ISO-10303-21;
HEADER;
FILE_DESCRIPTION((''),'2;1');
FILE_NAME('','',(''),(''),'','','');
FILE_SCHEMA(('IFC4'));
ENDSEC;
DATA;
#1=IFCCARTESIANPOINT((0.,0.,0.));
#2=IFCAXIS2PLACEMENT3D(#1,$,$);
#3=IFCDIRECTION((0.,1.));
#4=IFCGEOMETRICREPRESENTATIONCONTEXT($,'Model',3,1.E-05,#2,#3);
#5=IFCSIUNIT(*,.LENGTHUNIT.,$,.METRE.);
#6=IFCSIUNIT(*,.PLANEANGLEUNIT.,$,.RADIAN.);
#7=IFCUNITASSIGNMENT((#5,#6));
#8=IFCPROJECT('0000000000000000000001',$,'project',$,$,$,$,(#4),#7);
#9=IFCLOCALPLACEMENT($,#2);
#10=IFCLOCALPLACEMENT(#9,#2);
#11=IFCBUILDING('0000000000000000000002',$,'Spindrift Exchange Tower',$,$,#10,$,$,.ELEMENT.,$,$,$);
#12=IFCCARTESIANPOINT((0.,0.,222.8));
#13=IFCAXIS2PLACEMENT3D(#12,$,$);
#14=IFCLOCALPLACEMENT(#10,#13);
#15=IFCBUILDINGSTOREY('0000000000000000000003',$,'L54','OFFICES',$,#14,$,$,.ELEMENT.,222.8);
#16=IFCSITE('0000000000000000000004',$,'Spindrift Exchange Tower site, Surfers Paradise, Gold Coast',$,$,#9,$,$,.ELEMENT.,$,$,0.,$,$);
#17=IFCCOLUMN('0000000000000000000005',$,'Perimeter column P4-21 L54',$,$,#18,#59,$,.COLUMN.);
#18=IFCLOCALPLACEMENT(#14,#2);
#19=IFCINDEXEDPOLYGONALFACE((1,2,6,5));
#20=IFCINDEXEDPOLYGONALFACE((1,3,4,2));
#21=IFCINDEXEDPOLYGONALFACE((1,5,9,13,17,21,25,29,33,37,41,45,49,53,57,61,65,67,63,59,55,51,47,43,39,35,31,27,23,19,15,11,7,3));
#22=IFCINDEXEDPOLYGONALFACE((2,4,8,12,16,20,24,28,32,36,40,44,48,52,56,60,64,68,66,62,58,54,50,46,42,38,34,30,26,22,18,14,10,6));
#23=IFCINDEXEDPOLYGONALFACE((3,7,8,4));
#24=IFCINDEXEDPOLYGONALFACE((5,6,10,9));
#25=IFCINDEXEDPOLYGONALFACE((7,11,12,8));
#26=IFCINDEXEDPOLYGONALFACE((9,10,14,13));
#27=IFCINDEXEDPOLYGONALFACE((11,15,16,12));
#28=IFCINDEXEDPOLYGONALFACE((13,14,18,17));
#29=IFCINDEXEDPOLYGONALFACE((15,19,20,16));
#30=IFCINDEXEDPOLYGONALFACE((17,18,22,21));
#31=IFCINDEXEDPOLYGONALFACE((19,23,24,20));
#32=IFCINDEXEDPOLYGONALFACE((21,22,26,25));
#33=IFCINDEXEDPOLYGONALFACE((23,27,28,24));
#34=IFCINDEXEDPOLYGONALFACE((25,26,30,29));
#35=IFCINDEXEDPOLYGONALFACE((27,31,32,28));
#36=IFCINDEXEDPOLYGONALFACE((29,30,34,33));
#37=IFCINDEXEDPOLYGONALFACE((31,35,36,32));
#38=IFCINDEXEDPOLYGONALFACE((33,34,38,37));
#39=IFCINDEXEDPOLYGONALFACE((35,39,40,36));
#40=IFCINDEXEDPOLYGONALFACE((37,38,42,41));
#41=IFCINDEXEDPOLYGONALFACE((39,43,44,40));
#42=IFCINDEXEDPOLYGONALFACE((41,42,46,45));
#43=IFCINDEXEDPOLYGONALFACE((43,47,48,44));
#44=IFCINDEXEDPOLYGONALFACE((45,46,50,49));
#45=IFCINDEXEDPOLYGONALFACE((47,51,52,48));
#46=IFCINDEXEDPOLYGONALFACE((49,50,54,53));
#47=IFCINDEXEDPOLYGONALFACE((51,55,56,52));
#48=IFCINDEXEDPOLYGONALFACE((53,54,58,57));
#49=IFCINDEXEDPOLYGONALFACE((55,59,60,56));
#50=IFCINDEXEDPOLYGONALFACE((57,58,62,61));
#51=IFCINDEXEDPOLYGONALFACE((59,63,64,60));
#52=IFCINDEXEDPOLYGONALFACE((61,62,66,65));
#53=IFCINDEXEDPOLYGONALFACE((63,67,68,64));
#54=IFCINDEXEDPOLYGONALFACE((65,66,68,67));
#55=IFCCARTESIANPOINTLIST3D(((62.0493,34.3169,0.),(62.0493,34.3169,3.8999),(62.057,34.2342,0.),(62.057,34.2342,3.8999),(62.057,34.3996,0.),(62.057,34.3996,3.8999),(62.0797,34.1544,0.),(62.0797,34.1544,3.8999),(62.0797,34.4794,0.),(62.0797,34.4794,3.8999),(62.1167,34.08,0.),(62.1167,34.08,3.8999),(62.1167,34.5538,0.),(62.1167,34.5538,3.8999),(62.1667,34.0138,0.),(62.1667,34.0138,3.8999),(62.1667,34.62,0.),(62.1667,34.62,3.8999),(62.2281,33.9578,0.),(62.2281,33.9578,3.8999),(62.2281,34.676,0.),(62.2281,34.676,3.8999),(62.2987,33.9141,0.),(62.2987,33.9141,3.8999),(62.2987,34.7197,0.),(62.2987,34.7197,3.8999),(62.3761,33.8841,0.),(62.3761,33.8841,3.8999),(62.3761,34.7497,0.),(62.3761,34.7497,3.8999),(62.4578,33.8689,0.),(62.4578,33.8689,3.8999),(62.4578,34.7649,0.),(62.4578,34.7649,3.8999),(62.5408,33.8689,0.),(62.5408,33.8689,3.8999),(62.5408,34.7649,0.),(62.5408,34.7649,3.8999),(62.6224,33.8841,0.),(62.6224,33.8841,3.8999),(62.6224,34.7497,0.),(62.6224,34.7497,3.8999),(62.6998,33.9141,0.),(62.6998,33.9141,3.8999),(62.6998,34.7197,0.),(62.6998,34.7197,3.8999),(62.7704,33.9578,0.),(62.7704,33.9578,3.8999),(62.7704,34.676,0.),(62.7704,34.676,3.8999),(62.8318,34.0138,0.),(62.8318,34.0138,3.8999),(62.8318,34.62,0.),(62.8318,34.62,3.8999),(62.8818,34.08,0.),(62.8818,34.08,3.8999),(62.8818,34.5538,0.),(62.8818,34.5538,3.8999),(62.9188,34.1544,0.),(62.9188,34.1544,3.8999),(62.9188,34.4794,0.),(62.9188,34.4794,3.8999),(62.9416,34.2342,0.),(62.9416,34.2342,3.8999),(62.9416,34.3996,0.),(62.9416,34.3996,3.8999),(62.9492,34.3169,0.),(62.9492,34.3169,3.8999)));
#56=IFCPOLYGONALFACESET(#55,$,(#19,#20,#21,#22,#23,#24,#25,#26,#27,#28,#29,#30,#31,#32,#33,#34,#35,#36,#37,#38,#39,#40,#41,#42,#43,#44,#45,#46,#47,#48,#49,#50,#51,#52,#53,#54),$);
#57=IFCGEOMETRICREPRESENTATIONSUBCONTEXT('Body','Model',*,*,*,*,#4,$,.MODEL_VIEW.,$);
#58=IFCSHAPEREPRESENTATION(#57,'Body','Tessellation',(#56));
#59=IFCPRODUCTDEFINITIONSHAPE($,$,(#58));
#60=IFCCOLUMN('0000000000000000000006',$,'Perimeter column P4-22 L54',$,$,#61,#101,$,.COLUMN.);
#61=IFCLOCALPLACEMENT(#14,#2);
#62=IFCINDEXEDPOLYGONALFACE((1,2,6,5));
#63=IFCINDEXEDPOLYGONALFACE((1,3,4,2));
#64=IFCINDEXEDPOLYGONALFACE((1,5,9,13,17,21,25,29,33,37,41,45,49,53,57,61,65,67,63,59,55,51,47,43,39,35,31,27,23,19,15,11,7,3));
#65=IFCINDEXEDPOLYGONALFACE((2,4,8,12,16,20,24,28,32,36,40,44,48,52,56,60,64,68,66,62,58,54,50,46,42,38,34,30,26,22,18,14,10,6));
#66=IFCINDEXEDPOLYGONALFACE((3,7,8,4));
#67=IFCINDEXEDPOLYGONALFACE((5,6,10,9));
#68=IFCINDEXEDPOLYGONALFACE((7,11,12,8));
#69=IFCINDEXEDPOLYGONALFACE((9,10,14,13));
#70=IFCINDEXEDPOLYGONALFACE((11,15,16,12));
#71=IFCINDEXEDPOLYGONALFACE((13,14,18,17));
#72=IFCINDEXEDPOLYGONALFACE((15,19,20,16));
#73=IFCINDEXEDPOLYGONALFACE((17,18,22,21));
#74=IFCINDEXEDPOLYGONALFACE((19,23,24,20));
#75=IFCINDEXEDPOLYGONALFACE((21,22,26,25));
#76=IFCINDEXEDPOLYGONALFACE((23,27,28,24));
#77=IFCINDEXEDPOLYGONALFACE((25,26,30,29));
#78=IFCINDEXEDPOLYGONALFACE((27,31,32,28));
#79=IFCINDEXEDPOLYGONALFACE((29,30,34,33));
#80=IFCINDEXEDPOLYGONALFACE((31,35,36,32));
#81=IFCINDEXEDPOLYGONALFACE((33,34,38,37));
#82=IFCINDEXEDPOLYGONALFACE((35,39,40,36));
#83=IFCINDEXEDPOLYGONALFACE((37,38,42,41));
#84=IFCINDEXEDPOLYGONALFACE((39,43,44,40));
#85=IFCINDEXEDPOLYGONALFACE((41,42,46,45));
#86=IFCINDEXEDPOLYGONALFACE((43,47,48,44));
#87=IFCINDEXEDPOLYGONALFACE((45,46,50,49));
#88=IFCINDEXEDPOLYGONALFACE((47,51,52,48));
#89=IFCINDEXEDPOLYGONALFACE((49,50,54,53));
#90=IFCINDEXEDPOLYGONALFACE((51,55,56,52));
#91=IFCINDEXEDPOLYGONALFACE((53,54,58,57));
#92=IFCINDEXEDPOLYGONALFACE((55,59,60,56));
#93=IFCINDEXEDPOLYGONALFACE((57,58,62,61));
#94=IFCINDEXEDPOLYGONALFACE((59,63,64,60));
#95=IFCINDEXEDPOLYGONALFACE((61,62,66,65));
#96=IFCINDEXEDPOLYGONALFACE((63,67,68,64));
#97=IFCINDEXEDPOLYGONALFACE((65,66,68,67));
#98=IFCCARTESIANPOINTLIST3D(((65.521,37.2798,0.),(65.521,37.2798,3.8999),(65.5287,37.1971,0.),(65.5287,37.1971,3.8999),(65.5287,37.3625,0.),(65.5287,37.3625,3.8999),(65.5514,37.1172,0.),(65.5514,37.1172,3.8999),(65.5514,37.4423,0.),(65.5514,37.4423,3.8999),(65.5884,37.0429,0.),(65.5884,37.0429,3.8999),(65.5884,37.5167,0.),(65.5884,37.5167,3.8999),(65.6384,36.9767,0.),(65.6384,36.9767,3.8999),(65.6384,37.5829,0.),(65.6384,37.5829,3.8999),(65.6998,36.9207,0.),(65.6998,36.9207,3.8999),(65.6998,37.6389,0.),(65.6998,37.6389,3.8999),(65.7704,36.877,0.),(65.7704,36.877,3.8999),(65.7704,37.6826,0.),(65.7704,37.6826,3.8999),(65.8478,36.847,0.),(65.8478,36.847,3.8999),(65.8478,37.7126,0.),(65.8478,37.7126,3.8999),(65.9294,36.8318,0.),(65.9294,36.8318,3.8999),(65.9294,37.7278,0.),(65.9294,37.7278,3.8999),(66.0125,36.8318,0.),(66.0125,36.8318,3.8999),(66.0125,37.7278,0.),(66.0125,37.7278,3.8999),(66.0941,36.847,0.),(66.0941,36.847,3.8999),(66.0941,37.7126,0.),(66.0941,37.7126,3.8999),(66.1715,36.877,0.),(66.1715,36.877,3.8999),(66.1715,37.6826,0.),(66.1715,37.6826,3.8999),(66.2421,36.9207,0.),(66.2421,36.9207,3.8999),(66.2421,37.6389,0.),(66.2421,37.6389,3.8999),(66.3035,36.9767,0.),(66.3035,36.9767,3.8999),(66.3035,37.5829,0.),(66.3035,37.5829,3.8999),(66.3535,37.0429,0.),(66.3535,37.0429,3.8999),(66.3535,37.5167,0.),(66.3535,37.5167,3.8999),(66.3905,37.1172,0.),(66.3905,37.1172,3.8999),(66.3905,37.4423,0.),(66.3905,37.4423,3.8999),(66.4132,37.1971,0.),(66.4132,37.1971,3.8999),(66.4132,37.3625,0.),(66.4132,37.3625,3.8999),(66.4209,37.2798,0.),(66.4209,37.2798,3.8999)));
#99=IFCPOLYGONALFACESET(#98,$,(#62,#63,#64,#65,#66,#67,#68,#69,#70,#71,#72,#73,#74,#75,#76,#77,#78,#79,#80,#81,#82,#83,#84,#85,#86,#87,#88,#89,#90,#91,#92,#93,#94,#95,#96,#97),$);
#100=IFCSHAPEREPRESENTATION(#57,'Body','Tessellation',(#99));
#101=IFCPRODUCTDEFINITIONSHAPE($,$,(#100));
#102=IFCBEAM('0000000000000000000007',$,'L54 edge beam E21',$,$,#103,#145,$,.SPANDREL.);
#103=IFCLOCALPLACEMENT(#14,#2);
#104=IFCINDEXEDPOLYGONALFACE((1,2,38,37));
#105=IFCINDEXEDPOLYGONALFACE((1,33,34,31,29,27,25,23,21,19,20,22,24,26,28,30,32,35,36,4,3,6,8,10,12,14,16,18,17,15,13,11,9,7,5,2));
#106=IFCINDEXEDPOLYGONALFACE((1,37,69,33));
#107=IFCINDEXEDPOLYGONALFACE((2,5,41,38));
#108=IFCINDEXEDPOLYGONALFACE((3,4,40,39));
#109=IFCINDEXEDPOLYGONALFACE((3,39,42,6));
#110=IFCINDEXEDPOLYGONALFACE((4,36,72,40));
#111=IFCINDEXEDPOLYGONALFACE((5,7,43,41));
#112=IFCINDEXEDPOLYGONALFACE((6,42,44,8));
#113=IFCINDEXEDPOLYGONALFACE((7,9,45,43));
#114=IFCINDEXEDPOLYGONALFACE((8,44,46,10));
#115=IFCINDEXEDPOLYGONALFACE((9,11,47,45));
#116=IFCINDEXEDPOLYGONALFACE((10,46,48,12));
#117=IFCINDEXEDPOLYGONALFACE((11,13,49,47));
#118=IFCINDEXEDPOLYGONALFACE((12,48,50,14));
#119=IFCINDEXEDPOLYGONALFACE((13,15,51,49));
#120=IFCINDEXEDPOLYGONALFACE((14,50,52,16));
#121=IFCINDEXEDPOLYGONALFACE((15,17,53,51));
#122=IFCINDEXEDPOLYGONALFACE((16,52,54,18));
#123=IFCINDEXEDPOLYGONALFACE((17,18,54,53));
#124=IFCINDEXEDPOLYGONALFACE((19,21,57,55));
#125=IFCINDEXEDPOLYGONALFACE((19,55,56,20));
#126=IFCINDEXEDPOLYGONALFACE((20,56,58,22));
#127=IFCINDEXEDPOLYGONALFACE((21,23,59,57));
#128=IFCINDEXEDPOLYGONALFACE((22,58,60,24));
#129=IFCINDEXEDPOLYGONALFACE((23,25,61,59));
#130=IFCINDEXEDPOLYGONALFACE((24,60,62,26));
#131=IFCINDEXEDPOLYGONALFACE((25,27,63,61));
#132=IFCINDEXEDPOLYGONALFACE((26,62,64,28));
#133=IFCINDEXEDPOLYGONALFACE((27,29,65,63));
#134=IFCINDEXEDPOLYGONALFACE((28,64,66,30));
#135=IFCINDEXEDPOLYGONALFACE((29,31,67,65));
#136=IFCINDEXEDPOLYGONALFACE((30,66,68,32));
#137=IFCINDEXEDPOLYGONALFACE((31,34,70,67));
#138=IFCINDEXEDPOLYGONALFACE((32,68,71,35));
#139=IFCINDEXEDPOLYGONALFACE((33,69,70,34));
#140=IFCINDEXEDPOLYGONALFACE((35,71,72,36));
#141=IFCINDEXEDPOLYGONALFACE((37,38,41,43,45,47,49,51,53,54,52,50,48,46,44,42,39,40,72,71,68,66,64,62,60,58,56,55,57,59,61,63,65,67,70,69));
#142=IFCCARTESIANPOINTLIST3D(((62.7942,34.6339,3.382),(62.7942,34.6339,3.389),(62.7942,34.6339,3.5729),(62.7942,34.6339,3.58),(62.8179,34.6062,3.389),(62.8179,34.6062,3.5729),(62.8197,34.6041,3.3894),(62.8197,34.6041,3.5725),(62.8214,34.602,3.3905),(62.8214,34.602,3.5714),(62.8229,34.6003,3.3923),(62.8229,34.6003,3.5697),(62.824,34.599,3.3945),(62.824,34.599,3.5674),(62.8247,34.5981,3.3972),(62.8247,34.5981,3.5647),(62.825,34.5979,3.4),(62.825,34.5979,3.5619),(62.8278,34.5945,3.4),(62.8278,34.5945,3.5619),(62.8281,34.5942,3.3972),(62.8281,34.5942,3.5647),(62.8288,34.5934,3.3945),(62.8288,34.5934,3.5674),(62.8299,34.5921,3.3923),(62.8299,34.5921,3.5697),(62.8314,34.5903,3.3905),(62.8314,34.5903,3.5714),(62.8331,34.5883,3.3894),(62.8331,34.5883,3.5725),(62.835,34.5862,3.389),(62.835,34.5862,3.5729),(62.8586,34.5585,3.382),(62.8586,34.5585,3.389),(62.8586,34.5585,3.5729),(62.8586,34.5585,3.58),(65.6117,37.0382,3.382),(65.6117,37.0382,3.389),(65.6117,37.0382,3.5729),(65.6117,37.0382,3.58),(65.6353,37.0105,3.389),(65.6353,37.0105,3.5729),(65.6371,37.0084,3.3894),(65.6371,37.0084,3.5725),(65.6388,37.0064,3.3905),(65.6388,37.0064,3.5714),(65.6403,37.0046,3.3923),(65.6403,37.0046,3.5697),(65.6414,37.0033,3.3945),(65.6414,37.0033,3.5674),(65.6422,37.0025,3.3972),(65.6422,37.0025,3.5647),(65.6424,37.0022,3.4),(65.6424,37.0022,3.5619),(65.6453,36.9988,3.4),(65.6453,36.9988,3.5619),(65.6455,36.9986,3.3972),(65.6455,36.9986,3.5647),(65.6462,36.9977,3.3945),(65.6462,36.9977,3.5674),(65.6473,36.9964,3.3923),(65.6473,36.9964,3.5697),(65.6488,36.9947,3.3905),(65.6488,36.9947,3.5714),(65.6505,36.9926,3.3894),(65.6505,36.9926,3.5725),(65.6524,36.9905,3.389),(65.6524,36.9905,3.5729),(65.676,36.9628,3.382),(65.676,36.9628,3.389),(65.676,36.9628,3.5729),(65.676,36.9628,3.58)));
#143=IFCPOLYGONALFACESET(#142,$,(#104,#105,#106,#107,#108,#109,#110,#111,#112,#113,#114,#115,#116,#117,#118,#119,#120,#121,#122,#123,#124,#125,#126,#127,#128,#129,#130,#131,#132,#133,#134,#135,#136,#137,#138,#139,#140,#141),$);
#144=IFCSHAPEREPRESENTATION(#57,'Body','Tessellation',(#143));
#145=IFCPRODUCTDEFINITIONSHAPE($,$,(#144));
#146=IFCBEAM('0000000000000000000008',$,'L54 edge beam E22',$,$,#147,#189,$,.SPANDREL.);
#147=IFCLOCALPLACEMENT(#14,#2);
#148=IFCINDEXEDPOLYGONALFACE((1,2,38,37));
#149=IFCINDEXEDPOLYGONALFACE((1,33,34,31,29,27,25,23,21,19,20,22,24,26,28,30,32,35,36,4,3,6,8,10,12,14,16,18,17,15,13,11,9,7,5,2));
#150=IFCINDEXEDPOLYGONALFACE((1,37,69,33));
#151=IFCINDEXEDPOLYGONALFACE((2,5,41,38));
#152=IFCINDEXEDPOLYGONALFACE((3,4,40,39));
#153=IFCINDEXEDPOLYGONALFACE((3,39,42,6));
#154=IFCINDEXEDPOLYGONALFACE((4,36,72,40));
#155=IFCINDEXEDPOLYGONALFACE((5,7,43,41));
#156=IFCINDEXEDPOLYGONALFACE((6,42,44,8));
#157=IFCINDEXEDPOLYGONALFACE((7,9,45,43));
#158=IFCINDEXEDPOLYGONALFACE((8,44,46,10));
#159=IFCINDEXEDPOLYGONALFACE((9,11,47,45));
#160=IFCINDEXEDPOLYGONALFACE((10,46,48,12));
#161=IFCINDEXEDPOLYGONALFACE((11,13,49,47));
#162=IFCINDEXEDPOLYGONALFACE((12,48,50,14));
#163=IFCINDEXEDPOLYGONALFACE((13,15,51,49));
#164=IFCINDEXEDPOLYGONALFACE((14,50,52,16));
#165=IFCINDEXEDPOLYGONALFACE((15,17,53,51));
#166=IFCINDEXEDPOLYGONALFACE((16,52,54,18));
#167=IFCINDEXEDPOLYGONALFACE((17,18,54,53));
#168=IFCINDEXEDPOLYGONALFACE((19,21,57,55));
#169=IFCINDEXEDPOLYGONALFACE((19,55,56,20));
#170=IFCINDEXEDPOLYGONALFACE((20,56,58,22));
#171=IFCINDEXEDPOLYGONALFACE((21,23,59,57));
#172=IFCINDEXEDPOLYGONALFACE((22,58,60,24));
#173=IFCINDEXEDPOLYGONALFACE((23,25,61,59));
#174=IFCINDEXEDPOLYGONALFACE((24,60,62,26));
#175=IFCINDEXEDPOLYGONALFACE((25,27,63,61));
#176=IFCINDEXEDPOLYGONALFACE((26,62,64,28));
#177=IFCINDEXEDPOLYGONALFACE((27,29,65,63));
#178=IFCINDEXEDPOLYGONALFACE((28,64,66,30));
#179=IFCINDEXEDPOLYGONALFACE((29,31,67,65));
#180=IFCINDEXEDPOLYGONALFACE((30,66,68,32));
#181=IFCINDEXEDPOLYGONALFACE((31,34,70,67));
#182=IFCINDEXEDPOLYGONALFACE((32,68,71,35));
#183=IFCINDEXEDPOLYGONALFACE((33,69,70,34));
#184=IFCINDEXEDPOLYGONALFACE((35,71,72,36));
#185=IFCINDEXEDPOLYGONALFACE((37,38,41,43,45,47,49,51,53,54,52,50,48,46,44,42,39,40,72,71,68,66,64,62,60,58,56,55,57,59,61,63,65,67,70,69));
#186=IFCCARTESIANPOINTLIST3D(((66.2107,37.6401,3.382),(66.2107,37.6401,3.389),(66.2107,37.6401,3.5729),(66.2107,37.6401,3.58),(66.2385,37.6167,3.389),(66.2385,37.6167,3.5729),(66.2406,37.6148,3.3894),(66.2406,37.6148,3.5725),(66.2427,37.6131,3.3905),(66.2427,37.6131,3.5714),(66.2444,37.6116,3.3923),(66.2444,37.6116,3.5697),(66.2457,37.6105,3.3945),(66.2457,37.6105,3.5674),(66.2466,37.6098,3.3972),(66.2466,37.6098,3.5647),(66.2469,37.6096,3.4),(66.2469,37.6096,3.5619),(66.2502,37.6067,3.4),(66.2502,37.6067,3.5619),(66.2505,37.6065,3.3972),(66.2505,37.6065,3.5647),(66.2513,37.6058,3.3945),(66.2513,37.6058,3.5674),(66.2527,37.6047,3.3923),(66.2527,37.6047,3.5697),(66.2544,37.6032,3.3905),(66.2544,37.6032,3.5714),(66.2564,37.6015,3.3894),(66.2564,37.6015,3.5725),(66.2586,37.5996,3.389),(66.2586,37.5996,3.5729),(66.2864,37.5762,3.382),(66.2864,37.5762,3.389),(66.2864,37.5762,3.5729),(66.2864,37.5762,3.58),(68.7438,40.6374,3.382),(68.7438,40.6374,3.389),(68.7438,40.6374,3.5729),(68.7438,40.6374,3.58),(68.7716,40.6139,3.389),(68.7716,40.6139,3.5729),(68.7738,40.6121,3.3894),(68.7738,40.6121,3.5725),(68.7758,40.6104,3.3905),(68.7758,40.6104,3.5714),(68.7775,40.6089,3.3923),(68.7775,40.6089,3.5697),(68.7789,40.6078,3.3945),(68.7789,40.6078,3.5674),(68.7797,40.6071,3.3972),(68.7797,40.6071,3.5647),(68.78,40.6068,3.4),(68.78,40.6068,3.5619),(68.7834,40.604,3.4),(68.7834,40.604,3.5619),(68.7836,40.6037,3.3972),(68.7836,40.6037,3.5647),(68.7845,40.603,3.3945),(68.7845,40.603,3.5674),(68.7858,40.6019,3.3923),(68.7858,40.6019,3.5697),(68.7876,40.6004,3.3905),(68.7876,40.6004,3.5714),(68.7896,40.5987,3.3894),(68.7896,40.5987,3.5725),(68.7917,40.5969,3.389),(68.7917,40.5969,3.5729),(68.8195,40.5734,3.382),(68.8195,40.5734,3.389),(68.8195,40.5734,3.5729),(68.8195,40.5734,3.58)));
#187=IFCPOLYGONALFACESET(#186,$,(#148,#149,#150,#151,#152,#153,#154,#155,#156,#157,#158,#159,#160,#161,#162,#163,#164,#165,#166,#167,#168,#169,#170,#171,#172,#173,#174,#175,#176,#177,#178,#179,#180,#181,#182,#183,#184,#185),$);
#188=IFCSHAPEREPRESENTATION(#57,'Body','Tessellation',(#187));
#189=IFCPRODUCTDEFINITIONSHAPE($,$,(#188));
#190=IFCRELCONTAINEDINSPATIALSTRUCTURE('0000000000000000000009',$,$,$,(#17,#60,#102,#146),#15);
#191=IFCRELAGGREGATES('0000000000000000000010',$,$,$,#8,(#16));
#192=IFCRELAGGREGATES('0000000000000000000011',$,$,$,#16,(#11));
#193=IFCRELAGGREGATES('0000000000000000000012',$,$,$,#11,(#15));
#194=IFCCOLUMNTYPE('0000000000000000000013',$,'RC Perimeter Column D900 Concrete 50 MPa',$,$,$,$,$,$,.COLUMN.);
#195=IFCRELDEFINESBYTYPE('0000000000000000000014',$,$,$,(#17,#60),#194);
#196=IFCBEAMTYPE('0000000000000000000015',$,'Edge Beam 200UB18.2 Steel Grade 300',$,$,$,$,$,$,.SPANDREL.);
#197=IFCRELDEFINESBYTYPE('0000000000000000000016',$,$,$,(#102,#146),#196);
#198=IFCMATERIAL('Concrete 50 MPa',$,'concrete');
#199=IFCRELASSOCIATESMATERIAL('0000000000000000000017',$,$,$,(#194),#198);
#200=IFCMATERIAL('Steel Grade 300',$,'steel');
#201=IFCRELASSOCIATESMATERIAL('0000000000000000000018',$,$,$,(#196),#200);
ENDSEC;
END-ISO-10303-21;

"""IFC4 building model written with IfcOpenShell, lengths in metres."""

from ifc_helpers import new_model, si_unit, direction, frame, origin, origin_2d, place, context, subcontext, project, spatial, circle, i_section, extrude, source, transform, mapped, material, material_profile, profile_set, type_object, element, save


model = new_model("IFC4")

# Units and contexts
model_context = context("Model", 3, precision=1e-05, world=origin(), true_north=direction((0.0, 1.0)))
body_context = subcontext(model_context, "Body", "Model", "MODEL_VIEW")
ifc_project = project(units=[si_unit("LENGTHUNIT", "METRE"), si_unit("PLANEANGLEUNIT", "RADIAN")], contexts=[model_context])

# Site, building, storey
site_placement = place(None, origin())
site = spatial("IfcSite", under=ifc_project, at=site_placement, Name="Spindrift Exchange Tower site, Surfers Paradise, Gold Coast", CompositionType="ELEMENT", RefElevation=0.0)
building_placement = place(site_placement, origin())
building = spatial("IfcBuilding", under=site, at=building_placement, Name="Spindrift Exchange Tower", CompositionType="ELEMENT")
storey_placement = place(building_placement, frame((0.0, 0.0, 222.8)))
storey = spatial("IfcBuildingStorey", under=building, at=storey_placement, Name="L54", Description="OFFICES", CompositionType="ELEMENT", Elevation=222.8)

# Columns
ifc_material_1 = material(Name="Concrete 50 MPa", Category="concrete")
ifc_material_profile_1 = material_profile(ifc_material_1, circle(Radius=0.45, at=origin_2d()), Name="RC D900")
ifc_profile_set_1 = profile_set([ifc_material_profile_1], Name="Concrete 50 MPa")
column_type = type_object("IfcColumnType", Name="RC Perimeter Column D900 Concrete 50 MPa", PredefinedType="COLUMN", material=ifc_profile_set_1)
shared_shape_1 = source(origin(), body_context, "Body", "SweptSolid", [
    extrude(circle(Radius=0.45, at=origin_2d()), origin(), (0.0, 0.0, 1.0), 3.8999),
])
for number, where, z_axis, x_axis, name in (
    (1, (62.4993, 34.3169, 0.0), (0.0, 0.0, 1.0), (1.0, 0.0, 0.0), "Perimeter column P4-21 L54"),
    (2, (65.9709, 37.2798, 0.0), (0.0, 0.0, 1.0), (1.0, 0.0, 0.0), "Perimeter column P4-22 L54"),
):
    element("IfcColumn", number, at=place(storey_placement, frame(where, z_axis=z_axis, x_axis=x_axis)), inside=storey, type_object=column_type, Name=name, PredefinedType="COLUMN", context=body_context, shape_type="MappedRepresentation", body=[
        mapped(shared_shape_1, transform((0.0, 0.0, 0.0), scale=1.0)),
    ])

# Beams
ifc_material_2 = material(Name="Steel Grade 300", Category="steel")
ifc_material_profile_2 = material_profile(ifc_material_2, i_section(OverallWidth=0.0991, OverallDepth=0.198, WebThickness=0.0044, FlangeThickness=0.0071, FilletRadius=0.011, at=origin_2d()), Name="200UB18.2")
ifc_profile_set_2 = profile_set([ifc_material_profile_2], Name="Steel Grade 300")
beam_type_1 = type_object("IfcBeamType", Name="Edge Beam 200UB18.2 Steel Grade 300", PredefinedType="SPANDREL", material=ifc_profile_set_2)
shared_shape_2 = source(origin(), body_context, "Body", "SweptSolid", [
    extrude(i_section(OverallWidth=0.0991, OverallDepth=0.198, WebThickness=0.0044, FlangeThickness=0.0071, FilletRadius=0.011, at=origin_2d()), origin(), (0.0, 0.0, 1.0), 3.7039),
])
beam_1_placement = place(storey_placement, frame((62.8264, 34.5962, 3.481), z_axis=(0.760669, 0.64914, 0.0), x_axis=(-0.64914, 0.760669, 0.0)))
element("IfcBeam", 3, at=beam_1_placement, inside=storey, type_object=beam_type_1, Name="L54 edge beam E21", PredefinedType="SPANDREL", context=body_context, shape_type="MappedRepresentation", body=[
    mapped(shared_shape_2, transform((0.0, 0.0, 0.0), scale=1.0)),
])
shared_shape_3 = source(origin(), body_context, "Body", "SweptSolid", [
    extrude(i_section(OverallWidth=0.0991, OverallDepth=0.198, WebThickness=0.0044, FlangeThickness=0.0071, FilletRadius=0.011, at=origin_2d()), origin(), (0.0, 0.0, 1.0), 3.9243),
])
beam_2_placement = place(storey_placement, frame((66.2485, 37.6082, 3.481), z_axis=(0.645499, 0.763761, 0.0), x_axis=(-0.763761, 0.645499, 0.0)))
element("IfcBeam", 4, at=beam_2_placement, inside=storey, type_object=beam_type_1, Name="L54 edge beam E22", PredefinedType="SPANDREL", context=body_context, shape_type="MappedRepresentation", body=[
    mapped(shared_shape_3, transform((0.0, 0.0, 0.0), scale=1.0)),
])

save(model, "model.ifc")
